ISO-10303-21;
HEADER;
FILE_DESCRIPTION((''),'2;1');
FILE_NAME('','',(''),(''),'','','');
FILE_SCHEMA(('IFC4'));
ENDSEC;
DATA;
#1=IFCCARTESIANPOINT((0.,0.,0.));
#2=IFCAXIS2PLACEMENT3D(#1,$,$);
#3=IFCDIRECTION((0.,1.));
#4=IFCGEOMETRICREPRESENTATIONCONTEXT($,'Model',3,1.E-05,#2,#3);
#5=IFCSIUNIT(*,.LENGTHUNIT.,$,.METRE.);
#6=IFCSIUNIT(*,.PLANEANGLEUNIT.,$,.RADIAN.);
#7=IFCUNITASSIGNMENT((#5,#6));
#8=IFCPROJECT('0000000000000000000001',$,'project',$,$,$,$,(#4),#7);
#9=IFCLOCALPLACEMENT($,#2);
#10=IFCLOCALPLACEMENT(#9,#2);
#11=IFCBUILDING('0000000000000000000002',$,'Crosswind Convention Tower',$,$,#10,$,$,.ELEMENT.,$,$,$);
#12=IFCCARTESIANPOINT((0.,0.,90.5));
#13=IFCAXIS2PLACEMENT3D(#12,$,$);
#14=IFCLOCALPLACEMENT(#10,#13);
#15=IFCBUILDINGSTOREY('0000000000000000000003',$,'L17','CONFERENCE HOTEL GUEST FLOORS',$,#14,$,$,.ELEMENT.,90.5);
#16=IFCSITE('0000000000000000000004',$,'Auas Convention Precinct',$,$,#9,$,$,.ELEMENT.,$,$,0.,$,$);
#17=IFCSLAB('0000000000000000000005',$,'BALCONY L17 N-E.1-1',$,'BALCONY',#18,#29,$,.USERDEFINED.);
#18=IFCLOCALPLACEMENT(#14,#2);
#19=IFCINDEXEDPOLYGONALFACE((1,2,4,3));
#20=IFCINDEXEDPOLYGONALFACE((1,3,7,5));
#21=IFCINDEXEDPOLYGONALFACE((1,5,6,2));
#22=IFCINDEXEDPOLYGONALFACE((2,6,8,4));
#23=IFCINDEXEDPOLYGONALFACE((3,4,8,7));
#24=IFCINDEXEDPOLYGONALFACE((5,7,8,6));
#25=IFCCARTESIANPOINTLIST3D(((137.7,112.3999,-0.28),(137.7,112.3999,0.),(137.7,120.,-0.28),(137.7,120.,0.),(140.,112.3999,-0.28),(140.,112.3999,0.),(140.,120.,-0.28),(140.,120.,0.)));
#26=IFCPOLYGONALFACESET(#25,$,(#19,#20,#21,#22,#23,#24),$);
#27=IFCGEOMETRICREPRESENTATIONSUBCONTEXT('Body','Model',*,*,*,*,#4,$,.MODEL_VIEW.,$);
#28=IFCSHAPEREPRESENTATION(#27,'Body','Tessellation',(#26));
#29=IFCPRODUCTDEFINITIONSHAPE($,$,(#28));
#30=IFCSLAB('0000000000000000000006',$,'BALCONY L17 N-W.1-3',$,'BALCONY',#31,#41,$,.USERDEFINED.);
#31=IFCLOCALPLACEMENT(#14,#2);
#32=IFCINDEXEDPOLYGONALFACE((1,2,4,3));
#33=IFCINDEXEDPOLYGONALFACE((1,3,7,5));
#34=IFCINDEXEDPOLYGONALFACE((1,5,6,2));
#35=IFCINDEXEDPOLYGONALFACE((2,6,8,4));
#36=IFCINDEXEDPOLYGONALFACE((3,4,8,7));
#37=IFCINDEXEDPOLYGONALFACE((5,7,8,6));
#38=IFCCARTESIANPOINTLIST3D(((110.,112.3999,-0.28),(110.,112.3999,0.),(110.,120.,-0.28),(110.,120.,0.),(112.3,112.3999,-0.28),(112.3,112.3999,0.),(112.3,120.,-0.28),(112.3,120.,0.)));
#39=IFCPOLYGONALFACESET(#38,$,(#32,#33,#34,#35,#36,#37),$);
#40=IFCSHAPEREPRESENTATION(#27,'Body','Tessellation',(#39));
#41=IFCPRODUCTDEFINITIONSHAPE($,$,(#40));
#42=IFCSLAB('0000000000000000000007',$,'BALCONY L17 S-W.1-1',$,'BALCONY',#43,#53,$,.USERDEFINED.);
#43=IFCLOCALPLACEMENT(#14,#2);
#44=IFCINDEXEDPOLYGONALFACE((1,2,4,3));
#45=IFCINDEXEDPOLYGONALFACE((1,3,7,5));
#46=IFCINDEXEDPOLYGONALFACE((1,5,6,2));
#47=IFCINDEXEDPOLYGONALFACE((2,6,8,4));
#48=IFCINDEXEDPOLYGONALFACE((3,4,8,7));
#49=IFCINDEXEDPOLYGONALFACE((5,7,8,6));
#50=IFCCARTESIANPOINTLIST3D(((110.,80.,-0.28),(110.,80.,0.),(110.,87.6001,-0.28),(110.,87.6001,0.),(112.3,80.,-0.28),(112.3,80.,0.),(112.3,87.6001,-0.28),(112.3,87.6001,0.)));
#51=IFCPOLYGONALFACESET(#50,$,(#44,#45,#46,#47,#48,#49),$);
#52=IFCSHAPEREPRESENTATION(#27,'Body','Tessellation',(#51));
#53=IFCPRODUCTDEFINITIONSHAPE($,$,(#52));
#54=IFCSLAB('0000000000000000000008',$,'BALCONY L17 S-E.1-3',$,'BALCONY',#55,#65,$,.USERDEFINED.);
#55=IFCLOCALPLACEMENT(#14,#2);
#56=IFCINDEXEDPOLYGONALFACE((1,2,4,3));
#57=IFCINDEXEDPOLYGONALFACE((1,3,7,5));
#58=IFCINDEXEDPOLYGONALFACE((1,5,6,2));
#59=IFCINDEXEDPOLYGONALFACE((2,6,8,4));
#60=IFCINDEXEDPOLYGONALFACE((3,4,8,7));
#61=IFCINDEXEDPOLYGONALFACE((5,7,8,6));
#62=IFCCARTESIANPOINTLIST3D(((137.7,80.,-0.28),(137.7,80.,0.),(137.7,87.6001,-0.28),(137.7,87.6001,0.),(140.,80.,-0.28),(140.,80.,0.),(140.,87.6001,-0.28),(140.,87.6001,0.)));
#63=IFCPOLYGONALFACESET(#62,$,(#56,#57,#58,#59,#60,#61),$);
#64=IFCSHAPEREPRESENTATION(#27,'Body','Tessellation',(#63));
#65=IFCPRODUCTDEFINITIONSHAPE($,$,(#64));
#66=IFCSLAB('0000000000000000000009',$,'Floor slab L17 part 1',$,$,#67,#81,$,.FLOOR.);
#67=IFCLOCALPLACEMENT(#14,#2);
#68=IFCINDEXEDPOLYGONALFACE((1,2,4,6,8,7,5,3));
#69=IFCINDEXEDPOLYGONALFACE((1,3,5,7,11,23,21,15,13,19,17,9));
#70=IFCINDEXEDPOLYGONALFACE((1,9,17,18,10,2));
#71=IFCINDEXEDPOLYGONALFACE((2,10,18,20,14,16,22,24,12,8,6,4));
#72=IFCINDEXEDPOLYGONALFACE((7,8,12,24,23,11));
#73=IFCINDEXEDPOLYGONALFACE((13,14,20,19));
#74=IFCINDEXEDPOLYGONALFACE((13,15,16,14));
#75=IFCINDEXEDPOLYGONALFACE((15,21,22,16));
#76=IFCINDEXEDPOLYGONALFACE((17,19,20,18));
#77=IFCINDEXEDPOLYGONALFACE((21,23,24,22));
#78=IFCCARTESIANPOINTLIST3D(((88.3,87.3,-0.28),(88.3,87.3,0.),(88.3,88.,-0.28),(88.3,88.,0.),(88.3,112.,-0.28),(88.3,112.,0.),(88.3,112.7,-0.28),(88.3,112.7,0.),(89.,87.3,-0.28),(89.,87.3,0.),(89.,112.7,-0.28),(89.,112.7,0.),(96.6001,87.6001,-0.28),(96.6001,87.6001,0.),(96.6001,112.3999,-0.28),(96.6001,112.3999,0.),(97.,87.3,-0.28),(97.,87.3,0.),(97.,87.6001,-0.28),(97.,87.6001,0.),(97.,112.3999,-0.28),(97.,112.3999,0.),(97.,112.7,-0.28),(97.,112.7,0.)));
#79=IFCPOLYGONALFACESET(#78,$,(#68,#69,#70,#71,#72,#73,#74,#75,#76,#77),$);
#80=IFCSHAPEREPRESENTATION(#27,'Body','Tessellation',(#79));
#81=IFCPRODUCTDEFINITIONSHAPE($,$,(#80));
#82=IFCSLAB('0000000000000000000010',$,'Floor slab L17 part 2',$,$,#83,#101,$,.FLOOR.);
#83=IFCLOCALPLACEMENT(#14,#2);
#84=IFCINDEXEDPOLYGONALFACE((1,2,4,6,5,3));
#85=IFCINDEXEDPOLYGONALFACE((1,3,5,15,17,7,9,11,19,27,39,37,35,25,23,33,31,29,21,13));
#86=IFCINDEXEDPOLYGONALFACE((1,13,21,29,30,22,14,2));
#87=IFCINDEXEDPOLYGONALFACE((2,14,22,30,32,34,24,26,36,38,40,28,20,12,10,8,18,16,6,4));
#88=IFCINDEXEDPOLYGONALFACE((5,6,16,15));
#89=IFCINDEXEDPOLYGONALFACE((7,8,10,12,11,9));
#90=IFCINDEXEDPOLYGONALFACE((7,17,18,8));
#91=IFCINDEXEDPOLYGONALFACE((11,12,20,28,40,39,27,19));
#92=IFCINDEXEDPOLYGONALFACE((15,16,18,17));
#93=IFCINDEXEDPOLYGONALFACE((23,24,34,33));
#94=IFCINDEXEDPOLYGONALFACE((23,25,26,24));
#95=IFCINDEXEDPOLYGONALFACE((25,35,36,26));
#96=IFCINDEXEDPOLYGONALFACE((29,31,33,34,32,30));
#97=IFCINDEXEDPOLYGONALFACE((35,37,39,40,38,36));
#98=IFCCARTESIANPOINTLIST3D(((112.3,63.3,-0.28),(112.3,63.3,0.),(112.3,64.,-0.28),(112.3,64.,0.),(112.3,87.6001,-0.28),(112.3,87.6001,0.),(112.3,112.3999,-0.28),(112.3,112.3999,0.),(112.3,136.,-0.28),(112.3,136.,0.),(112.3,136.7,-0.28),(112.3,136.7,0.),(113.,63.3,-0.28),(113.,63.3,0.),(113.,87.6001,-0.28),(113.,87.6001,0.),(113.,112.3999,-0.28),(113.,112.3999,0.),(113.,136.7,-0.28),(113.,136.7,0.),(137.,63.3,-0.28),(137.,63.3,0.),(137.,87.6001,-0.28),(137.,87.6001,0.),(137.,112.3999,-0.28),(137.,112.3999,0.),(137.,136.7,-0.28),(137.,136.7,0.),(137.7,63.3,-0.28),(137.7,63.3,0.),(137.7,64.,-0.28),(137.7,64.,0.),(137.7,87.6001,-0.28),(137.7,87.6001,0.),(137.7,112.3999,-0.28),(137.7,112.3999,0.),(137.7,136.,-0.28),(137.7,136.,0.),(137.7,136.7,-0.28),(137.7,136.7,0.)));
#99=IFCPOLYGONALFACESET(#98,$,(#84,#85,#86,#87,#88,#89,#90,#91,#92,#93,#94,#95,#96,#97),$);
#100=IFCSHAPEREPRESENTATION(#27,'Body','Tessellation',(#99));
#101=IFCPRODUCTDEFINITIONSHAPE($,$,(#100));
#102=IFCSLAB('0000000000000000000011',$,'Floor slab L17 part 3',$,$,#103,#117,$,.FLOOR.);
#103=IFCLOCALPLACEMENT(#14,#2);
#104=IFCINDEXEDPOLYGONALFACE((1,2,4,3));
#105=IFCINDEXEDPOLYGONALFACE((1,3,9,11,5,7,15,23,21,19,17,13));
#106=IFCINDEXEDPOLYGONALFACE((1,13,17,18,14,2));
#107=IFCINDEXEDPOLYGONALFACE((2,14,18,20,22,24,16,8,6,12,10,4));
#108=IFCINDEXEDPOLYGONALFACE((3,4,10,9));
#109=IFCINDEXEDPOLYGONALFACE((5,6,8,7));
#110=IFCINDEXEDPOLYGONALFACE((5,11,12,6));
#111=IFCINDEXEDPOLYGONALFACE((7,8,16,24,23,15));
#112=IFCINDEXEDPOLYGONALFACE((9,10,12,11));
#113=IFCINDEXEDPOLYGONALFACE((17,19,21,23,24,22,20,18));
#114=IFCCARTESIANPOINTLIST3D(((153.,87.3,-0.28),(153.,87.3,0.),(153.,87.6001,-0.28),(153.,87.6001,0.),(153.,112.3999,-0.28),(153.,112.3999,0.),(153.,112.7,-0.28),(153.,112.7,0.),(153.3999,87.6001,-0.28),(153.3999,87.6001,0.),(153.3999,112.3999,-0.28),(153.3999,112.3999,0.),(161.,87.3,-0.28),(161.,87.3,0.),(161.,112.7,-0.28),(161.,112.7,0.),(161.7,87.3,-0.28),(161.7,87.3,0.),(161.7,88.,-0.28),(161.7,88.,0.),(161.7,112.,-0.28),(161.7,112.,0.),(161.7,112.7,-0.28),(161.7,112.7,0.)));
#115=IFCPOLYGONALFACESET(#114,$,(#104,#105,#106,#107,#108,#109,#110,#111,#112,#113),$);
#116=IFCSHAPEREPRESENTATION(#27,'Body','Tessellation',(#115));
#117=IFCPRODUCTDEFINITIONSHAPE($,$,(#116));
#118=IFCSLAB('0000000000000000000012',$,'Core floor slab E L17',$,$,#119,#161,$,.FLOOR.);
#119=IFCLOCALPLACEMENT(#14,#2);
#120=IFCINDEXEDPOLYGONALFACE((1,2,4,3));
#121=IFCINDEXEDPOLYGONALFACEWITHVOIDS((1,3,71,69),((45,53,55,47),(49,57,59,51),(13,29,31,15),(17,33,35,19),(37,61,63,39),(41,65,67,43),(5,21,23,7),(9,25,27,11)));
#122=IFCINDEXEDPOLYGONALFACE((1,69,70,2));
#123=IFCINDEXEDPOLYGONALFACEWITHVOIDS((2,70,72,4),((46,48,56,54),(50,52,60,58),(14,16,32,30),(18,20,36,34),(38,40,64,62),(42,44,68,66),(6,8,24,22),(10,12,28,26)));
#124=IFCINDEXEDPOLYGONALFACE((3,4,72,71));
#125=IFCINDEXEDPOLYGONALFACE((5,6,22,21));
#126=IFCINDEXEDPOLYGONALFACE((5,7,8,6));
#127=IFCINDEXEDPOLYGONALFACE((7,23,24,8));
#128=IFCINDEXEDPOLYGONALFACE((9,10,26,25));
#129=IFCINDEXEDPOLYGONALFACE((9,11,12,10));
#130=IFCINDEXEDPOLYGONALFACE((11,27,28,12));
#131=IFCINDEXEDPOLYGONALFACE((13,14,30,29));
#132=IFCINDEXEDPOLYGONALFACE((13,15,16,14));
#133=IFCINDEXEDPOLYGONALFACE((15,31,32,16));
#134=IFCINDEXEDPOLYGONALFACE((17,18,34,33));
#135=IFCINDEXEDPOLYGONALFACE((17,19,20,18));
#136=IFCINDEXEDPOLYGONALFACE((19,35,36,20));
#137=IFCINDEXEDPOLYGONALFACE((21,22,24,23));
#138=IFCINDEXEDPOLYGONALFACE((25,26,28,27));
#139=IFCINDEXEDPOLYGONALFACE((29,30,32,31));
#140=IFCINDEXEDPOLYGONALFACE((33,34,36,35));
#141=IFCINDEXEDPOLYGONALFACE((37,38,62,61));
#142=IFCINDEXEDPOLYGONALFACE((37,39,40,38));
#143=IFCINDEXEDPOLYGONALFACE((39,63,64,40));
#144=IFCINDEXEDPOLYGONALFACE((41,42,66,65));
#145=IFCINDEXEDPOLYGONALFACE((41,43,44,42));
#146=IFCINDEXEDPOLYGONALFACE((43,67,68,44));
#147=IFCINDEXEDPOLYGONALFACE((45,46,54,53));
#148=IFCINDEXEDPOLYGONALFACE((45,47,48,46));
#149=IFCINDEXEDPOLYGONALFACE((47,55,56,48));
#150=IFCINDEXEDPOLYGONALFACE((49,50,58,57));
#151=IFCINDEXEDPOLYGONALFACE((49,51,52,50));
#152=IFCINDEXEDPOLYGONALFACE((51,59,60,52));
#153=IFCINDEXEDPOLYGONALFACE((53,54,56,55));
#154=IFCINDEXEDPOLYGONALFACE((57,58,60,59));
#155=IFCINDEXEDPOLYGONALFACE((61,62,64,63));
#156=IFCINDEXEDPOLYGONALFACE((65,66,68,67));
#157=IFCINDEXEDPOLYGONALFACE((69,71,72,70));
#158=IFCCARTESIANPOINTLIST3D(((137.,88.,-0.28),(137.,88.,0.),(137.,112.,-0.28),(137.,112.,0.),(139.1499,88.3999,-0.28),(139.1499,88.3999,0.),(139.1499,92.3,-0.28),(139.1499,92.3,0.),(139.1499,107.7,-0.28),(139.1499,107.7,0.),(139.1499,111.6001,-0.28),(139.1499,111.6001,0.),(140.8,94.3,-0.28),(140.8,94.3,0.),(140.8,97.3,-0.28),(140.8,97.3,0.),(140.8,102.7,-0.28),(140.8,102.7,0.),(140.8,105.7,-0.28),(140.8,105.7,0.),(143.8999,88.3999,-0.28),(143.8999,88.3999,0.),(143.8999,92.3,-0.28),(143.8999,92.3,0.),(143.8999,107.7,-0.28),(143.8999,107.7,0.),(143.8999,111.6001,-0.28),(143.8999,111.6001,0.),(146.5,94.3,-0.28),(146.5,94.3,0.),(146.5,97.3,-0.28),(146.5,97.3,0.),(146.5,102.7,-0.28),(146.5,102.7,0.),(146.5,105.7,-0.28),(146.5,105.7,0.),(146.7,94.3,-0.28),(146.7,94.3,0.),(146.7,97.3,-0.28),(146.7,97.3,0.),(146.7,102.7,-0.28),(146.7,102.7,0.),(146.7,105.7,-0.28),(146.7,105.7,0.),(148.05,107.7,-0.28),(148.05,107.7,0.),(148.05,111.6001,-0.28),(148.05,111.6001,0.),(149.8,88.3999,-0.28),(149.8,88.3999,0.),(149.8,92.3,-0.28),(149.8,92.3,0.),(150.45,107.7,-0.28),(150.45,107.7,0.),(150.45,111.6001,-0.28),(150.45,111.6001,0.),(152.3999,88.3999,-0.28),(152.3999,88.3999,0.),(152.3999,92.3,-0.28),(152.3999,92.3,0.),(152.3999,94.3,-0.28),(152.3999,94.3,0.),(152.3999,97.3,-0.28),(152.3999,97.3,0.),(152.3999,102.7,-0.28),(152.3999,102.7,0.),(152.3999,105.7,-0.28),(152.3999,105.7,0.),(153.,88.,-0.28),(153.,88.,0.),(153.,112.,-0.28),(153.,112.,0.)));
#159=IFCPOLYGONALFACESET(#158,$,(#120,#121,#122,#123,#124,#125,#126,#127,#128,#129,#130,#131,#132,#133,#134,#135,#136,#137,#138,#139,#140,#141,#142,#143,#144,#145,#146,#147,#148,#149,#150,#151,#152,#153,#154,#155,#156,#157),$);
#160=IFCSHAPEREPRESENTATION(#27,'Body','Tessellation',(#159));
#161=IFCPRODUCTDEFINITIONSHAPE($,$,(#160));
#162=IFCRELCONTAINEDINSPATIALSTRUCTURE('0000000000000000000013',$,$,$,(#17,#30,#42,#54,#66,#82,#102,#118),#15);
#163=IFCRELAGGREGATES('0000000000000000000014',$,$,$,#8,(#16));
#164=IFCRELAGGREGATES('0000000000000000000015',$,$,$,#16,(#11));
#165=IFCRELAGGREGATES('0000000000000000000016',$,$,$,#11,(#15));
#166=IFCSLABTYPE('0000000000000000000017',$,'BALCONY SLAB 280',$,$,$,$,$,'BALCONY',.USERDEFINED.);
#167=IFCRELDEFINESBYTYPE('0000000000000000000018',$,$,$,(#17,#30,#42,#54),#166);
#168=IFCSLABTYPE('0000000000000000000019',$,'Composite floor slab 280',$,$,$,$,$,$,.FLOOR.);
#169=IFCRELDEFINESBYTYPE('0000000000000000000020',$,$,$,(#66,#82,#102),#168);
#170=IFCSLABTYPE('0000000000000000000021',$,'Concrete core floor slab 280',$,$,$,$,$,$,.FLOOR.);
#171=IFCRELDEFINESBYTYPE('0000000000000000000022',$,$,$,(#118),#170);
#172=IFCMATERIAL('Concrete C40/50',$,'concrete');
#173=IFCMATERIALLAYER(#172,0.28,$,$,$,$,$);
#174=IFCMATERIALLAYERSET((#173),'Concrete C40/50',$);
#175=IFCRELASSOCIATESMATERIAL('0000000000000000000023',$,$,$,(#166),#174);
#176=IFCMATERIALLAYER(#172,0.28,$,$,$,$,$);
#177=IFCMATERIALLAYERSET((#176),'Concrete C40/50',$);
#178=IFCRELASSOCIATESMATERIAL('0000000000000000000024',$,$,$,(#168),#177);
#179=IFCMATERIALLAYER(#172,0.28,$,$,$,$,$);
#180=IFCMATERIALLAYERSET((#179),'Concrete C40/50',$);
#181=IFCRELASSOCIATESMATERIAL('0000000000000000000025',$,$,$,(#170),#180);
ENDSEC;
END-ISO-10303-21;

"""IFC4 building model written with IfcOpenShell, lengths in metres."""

from ifc_helpers import new_model, si_unit, direction, frame, origin, place, context, subcontext, project, spatial, polyline, outline, extrude, material, layer, layer_set, type_object, element, save


model = new_model("IFC4")

# Units and contexts
model_context = context("Model", 3, precision=1e-05, world=origin(), true_north=direction((0.0, 1.0)))
body_context = subcontext(model_context, "Body", "Model", "MODEL_VIEW")
ifc_project = project(units=[si_unit("LENGTHUNIT", "METRE"), si_unit("PLANEANGLEUNIT", "RADIAN")], contexts=[model_context])

# Site, building, storey
site_placement = place(None, origin())
site = spatial("IfcSite", under=ifc_project, at=site_placement, Name="Auas Convention Precinct", CompositionType="ELEMENT", RefElevation=0.0)
building_placement = place(site_placement, origin())
building = spatial("IfcBuilding", under=site, at=building_placement, Name="Crosswind Convention Tower", CompositionType="ELEMENT")
storey_placement = place(building_placement, frame((0.0, 0.0, 90.5)))
storey = spatial("IfcBuildingStorey", under=building, at=storey_placement, Name="L17", Description="CONFERENCE HOTEL GUEST FLOORS", CompositionType="ELEMENT", Elevation=90.5)

# Slabs
ifc_material_1 = material(Name="Concrete C40/50", Category="concrete")
ifc_layer_1 = layer(ifc_material_1, 0.28)
ifc_layer_set_1 = layer_set([ifc_layer_1], Name="Concrete C40/50")
slab_type_1 = type_object("IfcSlabType", Name="BALCONY SLAB 280", ElementType="BALCONY", PredefinedType="USERDEFINED", material=ifc_layer_set_1)
slab_1_placement = place(storey_placement, frame((0.0, 0.0, -0.28)))
element("IfcSlab", 1, at=slab_1_placement, inside=storey, type_object=slab_type_1, Name="BALCONY L17 N-E.1-1", ObjectType="BALCONY", PredefinedType="USERDEFINED", context=body_context, shape_type="SweptSolid", body=[
    extrude(outline(polyline([(137.7, 112.3999), (137.7, 120.0), (140.0, 120.0), (140.0, 112.3999), (137.7, 112.3999)])), origin(), (0.0, 0.0, 1.0), 0.28),
])
slab_2_placement = place(storey_placement, frame((0.0, 0.0, -0.28)))
element("IfcSlab", 2, at=slab_2_placement, inside=storey, type_object=slab_type_1, Name="BALCONY L17 N-W.1-3", ObjectType="BALCONY", PredefinedType="USERDEFINED", context=body_context, shape_type="SweptSolid", body=[
    extrude(outline(polyline([(112.3, 120.0), (112.3, 112.3999), (110.0, 112.3999), (110.0, 120.0), (112.3, 120.0)])), origin(), (0.0, 0.0, 1.0), 0.28),
])
slab_3_placement = place(storey_placement, frame((0.0, 0.0, -0.28)))
element("IfcSlab", 3, at=slab_3_placement, inside=storey, type_object=slab_type_1, Name="BALCONY L17 S-W.1-1", ObjectType="BALCONY", PredefinedType="USERDEFINED", context=body_context, shape_type="SweptSolid", body=[
    extrude(outline(polyline([(112.3, 87.6001), (112.3, 80.0), (110.0, 80.0), (110.0, 87.6001), (112.3, 87.6001)])), origin(), (0.0, 0.0, 1.0), 0.28),
])
slab_4_placement = place(storey_placement, frame((0.0, 0.0, -0.28)))
element("IfcSlab", 4, at=slab_4_placement, inside=storey, type_object=slab_type_1, Name="BALCONY L17 S-E.1-3", ObjectType="BALCONY", PredefinedType="USERDEFINED", context=body_context, shape_type="SweptSolid", body=[
    extrude(outline(polyline([(137.7, 80.0), (137.7, 87.6001), (140.0, 87.6001), (140.0, 80.0), (137.7, 80.0)])), origin(), (0.0, 0.0, 1.0), 0.28),
])
ifc_layer_2 = layer(ifc_material_1, 0.28)
ifc_layer_set_2 = layer_set([ifc_layer_2], Name="Concrete C40/50")
slab_type_2 = type_object("IfcSlabType", Name="Composite floor slab 280", PredefinedType="FLOOR", material=ifc_layer_set_2)
slab_5_placement = place(storey_placement, frame((0.0, 0.0, -0.28)))
element("IfcSlab", 5, at=slab_5_placement, inside=storey, type_object=slab_type_2, Name="Floor slab L17 part 1", PredefinedType="FLOOR", context=body_context, shape_type="SweptSolid", body=[
    extrude(outline(polyline([(97.0, 87.3), (89.0, 87.3), (88.3, 87.3), (88.3, 88.0), (88.3, 112.0), (88.3, 112.7), (89.0, 112.7), (97.0, 112.7), (97.0, 112.3999), (96.6001, 112.3999), (96.6001, 87.6001), (97.0, 87.6001), (97.0, 87.3)])), origin(), (0.0, 0.0, 1.0), 0.28),
])
slab_6_placement = place(storey_placement, frame((0.0, 0.0, -0.28)))
element("IfcSlab", 6, at=slab_6_placement, inside=storey, type_object=slab_type_2, Name="Floor slab L17 part 2", PredefinedType="FLOOR", context=body_context, shape_type="SweptSolid", body=[
    extrude(outline(polyline([(112.3, 87.6001), (113.0, 87.6001), (113.0, 112.3999), (112.3, 112.3999), (112.3, 136.0), (112.3, 136.7), (113.0, 136.7), (137.0, 136.7), (137.7, 136.7), (137.7, 136.0), (137.7, 112.3999), (137.0, 112.3999), (137.0, 87.6001), (137.7, 87.6001), (137.7, 64.0), (137.7, 63.3), (137.0, 63.3), (113.0, 63.3), (112.3, 63.3), (112.3, 64.0), (112.3, 87.6001)])), origin(), (0.0, 0.0, 1.0), 0.28),
])
slab_7_placement = place(storey_placement, frame((0.0, 0.0, -0.28)))
element("IfcSlab", 7, at=slab_7_placement, inside=storey, type_object=slab_type_2, Name="Floor slab L17 part 3", PredefinedType="FLOOR", context=body_context, shape_type="SweptSolid", body=[
    extrude(outline(polyline([(153.0, 112.7), (161.0, 112.7), (161.7, 112.7), (161.7, 112.0), (161.7, 88.0), (161.7, 87.3), (161.0, 87.3), (153.0, 87.3), (153.0, 87.6001), (153.3999, 87.6001), (153.3999, 112.3999), (153.0, 112.3999), (153.0, 112.7)])), origin(), (0.0, 0.0, 1.0), 0.28),
])
ifc_layer_3 = layer(ifc_material_1, 0.28)
ifc_layer_set_3 = layer_set([ifc_layer_3], Name="Concrete C40/50")
slab_type_3 = type_object("IfcSlabType", Name="Concrete core floor slab 280", PredefinedType="FLOOR", material=ifc_layer_set_3)
slab_8_placement = place(storey_placement, frame((0.0, 0.0, -0.28)))
element("IfcSlab", 8, at=slab_8_placement, inside=storey, type_object=slab_type_3, Name="Core floor slab E L17", PredefinedType="FLOOR", context=body_context, shape_type="SweptSolid", body=[
    extrude(outline(polyline([(137.0, 88.0), (153.0, 88.0), (153.0, 112.0), (137.0, 112.0), (137.0, 88.0)]), holes=[polyline([(146.5, 102.7), (146.5, 105.7), (140.8, 105.7), (140.8, 102.7), (146.5, 102.7)]), polyline([(152.3999, 102.7), (152.3999, 105.7), (146.7, 105.7), (146.7, 102.7), (152.3999, 102.7)]), polyline([(146.5, 94.3), (146.5, 97.3), (140.8, 97.3), (140.8, 94.3), (146.5, 94.3)]), polyline([(152.3999, 94.3), (152.3999, 97.3), (146.7, 97.3), (146.7, 94.3), (152.3999, 94.3)]), polyline([(150.45, 107.7), (150.45, 111.6001), (148.05, 111.6001), (148.05, 107.7), (150.45, 107.7)]), polyline([(152.3999, 88.3999), (152.3999, 92.3), (149.8, 92.3), (149.8, 88.3999), (152.3999, 88.3999)]), polyline([(143.8999, 107.7), (143.8999, 111.6001), (139.1499, 111.6001), (139.1499, 107.7), (143.8999, 107.7)]), polyline([(143.8999, 88.3999), (143.8999, 92.3), (139.1499, 92.3), (139.1499, 88.3999), (143.8999, 88.3999)])]), origin(), (0.0, 0.0, 1.0), 0.28),
])

save(model, "model.ifc")
